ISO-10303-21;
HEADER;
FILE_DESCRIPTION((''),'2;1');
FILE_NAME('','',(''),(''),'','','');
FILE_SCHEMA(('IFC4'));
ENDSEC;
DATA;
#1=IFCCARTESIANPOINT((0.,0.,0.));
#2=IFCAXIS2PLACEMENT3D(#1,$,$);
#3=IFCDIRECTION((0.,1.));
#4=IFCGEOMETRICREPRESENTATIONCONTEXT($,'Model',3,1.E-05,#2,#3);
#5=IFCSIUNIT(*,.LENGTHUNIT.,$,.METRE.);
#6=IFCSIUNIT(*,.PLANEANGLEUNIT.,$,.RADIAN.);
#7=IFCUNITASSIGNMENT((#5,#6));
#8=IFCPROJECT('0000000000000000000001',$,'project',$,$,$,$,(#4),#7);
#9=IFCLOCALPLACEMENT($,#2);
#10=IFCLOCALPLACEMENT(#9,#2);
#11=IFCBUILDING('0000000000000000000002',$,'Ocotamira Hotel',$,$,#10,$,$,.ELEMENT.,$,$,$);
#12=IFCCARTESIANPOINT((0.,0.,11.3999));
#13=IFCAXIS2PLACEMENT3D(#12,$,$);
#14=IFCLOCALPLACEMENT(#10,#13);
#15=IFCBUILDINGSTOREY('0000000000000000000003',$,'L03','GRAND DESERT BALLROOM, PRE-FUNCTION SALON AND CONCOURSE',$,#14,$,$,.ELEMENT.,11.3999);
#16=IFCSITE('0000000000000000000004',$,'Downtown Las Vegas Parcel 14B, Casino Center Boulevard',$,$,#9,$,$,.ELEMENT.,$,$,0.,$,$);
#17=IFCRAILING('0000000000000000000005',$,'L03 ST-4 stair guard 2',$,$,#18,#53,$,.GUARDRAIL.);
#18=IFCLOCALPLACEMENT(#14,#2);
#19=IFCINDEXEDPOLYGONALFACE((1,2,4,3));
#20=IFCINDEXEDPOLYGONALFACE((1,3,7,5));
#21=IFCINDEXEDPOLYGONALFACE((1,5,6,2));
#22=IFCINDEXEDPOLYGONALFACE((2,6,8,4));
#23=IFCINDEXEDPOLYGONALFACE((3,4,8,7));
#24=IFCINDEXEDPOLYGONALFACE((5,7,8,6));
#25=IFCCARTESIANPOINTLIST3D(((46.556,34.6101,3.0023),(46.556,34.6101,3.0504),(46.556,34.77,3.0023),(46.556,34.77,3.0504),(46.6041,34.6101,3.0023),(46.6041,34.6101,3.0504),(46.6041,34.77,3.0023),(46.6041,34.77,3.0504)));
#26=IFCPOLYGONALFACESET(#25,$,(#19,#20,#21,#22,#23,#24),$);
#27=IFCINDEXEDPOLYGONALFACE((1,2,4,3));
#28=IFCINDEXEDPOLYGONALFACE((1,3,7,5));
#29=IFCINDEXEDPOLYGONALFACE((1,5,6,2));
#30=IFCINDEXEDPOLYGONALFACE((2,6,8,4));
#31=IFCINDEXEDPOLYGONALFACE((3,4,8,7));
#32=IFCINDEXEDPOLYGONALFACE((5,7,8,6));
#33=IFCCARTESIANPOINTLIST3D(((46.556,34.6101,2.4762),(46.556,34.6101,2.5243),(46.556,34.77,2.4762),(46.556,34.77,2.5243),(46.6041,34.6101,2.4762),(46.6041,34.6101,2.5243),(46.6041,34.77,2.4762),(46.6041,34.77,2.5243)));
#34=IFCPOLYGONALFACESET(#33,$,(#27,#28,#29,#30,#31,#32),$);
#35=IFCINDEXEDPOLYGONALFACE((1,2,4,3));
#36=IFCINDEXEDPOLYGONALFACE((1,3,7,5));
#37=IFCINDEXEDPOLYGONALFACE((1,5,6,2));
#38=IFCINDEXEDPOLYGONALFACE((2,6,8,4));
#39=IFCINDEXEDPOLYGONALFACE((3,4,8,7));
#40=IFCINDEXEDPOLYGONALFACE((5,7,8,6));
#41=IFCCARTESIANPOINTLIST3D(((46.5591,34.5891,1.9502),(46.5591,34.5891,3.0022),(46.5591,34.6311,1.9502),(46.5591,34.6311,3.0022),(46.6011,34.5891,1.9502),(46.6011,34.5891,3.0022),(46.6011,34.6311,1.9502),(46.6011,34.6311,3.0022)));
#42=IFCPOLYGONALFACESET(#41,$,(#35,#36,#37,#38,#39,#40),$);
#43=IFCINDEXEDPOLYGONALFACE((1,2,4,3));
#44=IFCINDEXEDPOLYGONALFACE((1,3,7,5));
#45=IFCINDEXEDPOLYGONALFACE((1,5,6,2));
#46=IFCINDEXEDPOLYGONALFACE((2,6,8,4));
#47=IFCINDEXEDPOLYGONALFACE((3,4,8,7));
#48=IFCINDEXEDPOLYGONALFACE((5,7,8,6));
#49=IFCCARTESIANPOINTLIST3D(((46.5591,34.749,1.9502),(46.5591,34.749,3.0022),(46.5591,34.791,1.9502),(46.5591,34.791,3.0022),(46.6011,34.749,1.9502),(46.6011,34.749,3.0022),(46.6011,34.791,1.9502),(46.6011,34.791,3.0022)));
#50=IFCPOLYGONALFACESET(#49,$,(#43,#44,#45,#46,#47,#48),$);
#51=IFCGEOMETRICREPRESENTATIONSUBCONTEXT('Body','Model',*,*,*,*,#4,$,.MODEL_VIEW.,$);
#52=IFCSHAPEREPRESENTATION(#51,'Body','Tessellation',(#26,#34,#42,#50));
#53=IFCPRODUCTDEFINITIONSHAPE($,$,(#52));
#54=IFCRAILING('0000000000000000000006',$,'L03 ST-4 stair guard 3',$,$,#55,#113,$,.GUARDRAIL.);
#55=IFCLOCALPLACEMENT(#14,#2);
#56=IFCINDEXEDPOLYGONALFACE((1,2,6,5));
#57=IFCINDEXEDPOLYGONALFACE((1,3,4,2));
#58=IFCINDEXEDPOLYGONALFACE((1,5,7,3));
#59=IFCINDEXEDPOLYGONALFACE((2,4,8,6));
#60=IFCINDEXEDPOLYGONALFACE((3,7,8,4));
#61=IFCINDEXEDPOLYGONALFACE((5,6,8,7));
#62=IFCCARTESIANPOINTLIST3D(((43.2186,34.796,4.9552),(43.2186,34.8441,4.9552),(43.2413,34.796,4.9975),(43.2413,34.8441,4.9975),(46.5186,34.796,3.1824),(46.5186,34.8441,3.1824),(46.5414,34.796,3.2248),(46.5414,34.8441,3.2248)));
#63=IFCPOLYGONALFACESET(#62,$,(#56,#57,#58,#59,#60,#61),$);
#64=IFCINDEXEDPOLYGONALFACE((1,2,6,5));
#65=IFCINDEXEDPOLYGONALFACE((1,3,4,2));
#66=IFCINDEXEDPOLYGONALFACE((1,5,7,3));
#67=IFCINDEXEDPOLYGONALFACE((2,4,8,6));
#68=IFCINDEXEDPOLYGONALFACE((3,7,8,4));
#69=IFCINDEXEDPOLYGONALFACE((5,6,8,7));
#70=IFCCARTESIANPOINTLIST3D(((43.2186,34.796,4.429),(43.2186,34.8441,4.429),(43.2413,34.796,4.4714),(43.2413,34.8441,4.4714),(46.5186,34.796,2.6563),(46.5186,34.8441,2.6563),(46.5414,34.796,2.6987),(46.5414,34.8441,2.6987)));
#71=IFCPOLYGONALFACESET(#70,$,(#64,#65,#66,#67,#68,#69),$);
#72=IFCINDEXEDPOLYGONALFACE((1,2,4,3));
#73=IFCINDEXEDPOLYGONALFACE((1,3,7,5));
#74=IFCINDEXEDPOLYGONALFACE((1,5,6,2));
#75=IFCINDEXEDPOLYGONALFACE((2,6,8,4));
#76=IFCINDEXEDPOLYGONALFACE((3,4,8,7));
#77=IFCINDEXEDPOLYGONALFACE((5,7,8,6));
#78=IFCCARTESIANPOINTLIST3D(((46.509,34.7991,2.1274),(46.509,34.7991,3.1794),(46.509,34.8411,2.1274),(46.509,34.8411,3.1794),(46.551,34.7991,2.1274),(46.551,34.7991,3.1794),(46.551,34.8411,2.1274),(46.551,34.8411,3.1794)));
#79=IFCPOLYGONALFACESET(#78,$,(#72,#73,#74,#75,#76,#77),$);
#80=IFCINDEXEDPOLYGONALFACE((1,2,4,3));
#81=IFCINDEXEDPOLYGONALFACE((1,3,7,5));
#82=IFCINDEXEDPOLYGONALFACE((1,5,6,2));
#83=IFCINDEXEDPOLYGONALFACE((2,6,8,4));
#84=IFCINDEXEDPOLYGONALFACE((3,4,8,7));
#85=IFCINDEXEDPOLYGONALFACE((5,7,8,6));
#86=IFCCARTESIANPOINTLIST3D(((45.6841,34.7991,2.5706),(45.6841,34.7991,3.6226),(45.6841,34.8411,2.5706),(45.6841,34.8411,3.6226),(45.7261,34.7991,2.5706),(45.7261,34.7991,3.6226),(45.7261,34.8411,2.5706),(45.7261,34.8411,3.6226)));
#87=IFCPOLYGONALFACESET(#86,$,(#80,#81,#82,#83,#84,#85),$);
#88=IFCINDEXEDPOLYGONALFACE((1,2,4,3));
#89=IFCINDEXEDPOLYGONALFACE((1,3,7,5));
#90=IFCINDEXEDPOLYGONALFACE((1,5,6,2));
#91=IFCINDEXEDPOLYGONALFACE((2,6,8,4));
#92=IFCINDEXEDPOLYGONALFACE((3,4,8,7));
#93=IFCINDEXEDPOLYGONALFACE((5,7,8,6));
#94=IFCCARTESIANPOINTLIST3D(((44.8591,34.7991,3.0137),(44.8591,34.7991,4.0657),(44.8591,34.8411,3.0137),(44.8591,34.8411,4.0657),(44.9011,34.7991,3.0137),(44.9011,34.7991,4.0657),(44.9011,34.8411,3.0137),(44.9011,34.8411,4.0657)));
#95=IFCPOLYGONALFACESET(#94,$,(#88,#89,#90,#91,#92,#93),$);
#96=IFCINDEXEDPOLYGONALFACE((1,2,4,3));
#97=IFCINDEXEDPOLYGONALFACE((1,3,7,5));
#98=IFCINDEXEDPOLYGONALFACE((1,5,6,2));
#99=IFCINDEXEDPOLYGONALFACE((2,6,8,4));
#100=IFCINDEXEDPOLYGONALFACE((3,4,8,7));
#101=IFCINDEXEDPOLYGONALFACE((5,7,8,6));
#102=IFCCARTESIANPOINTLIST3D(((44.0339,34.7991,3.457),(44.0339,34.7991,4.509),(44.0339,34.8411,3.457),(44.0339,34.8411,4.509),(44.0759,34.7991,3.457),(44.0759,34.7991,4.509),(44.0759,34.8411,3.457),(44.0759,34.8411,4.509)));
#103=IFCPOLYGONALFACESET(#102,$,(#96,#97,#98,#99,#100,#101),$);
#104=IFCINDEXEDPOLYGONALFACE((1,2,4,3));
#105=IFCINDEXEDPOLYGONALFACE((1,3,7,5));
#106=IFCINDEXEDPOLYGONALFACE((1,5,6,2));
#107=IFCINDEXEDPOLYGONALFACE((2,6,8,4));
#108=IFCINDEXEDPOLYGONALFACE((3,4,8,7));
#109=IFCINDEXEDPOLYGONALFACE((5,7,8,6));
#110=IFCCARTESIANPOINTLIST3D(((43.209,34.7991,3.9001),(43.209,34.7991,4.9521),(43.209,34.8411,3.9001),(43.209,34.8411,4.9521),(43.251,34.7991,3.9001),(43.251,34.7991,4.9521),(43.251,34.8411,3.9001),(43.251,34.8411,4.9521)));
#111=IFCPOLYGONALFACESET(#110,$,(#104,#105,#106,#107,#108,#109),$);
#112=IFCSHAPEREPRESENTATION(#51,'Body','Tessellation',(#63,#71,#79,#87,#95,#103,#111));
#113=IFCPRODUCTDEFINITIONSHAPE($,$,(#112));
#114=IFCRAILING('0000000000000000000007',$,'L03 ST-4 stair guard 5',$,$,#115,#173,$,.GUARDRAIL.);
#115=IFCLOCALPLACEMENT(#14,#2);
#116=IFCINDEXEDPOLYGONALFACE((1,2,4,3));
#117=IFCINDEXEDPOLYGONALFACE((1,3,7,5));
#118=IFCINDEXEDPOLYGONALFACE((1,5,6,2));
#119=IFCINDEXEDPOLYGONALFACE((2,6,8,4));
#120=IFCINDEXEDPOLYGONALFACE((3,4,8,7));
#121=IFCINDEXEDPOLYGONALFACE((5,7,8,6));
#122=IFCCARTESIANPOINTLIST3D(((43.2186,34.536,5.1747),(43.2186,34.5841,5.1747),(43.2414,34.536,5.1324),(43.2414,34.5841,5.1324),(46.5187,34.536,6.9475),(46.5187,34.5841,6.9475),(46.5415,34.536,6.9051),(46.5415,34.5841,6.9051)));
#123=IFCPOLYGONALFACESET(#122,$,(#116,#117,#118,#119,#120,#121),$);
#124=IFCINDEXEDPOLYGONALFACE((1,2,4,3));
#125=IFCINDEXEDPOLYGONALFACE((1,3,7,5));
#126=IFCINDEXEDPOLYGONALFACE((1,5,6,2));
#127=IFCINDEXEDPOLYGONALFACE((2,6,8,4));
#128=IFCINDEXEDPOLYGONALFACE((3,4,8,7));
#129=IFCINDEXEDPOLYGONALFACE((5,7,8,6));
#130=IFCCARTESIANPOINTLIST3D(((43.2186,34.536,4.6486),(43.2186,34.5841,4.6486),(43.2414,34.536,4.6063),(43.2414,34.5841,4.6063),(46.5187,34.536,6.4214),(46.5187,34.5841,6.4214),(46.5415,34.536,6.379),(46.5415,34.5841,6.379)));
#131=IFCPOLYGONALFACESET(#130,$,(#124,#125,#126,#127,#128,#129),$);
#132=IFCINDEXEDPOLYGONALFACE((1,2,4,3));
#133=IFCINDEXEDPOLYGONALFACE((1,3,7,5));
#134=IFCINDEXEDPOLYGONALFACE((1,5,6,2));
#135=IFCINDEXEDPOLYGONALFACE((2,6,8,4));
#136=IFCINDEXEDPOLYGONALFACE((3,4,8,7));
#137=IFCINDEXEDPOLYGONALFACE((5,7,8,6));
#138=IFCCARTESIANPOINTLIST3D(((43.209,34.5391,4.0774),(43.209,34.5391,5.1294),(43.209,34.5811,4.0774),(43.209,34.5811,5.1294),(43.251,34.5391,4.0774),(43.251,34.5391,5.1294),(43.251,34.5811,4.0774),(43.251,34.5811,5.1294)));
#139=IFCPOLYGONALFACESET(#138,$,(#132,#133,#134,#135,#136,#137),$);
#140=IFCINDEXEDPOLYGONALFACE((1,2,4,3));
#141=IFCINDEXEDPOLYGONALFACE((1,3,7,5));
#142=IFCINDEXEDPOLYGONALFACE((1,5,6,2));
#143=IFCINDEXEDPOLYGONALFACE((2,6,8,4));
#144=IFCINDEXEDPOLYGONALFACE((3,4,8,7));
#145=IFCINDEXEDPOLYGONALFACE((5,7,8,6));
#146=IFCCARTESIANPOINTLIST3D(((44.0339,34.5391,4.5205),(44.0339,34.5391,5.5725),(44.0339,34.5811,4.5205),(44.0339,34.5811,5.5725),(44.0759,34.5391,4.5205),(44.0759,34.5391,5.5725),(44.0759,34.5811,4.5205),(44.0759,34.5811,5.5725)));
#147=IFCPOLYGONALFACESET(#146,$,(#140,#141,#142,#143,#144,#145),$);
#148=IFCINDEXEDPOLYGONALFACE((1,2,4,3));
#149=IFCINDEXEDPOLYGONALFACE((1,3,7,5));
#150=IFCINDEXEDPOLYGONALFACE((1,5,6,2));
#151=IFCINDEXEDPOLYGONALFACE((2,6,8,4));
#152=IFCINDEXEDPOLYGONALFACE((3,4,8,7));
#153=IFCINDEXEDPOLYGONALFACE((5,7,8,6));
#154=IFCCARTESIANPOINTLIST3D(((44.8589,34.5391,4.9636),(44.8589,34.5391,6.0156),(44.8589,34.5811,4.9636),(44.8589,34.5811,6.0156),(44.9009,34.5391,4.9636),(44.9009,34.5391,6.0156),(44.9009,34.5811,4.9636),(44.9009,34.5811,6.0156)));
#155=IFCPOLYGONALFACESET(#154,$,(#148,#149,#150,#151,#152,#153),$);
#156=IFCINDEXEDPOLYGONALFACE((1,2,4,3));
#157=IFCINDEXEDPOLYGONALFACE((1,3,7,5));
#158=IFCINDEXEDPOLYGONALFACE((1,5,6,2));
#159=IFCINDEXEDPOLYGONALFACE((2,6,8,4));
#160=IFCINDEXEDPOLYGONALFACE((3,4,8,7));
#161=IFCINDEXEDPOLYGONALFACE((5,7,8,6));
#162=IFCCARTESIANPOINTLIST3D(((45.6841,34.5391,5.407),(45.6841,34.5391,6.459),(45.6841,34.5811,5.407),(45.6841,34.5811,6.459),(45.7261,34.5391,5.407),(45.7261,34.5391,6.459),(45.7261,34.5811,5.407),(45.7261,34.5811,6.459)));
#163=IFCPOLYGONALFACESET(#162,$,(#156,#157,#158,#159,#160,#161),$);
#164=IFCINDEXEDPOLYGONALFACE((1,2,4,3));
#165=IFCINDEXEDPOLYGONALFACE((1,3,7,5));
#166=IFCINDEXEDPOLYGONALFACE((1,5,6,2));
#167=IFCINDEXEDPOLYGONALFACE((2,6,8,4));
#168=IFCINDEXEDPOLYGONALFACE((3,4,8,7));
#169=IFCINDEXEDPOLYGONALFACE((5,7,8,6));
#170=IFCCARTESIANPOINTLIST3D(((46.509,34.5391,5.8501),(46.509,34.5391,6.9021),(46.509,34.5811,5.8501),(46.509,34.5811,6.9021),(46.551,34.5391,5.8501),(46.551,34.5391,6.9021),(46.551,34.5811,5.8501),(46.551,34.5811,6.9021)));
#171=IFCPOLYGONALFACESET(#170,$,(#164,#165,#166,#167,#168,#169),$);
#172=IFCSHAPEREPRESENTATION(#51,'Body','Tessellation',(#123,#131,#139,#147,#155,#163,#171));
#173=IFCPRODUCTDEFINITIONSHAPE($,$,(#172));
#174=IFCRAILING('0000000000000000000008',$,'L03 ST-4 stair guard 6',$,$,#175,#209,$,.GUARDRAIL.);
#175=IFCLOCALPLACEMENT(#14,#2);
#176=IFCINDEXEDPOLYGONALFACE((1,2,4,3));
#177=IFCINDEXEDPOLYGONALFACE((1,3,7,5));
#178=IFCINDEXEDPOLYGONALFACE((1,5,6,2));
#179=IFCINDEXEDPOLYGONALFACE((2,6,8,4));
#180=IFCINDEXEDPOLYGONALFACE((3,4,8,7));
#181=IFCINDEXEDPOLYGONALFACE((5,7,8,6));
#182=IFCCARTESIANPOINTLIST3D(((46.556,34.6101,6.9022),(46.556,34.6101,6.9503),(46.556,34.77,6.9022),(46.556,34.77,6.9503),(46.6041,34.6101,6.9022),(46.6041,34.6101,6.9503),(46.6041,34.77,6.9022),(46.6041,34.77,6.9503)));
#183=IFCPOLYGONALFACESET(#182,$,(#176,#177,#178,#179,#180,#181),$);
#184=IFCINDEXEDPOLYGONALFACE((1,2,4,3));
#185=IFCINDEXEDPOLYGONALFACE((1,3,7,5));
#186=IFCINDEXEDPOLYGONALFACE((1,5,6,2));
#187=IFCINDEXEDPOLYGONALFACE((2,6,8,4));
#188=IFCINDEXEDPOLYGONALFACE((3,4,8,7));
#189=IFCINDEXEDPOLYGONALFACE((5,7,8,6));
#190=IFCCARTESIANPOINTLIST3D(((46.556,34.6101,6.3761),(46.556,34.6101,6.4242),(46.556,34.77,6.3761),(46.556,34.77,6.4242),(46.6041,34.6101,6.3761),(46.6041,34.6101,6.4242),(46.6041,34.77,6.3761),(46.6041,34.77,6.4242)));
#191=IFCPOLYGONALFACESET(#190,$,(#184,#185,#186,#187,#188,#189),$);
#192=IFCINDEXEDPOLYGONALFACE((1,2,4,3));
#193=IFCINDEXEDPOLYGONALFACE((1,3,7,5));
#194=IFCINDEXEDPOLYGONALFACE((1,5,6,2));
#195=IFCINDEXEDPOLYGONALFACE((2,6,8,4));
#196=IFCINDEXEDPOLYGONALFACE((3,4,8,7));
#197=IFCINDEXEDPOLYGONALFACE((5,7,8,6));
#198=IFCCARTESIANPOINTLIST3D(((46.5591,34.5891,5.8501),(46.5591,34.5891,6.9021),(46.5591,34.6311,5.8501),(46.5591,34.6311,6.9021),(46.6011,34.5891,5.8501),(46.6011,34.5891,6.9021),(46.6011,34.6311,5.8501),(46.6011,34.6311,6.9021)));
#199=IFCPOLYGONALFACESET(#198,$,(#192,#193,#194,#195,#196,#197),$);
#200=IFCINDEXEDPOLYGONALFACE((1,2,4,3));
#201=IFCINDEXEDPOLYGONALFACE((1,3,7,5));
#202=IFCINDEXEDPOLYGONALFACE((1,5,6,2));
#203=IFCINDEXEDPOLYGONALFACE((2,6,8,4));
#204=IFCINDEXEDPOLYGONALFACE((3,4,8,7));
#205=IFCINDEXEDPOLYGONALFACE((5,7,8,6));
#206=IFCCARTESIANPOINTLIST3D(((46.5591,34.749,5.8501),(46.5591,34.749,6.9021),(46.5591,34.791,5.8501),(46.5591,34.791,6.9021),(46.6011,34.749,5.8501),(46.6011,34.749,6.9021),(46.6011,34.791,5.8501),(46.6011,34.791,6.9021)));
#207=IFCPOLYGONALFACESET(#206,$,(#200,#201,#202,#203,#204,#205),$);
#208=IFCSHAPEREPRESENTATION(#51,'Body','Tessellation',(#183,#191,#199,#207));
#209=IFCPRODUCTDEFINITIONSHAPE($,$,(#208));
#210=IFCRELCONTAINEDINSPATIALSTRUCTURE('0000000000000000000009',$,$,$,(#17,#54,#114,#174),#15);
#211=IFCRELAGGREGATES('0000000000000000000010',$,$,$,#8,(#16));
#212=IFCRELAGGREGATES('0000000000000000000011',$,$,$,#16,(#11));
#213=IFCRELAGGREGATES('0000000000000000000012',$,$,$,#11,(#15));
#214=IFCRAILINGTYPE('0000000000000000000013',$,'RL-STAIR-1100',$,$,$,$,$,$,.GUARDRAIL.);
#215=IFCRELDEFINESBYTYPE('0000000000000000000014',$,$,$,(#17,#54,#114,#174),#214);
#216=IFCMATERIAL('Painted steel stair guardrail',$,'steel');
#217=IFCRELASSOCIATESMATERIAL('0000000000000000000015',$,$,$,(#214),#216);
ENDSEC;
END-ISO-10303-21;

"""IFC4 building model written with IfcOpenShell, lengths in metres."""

from ifc_helpers import new_model, si_unit, direction, frame, origin, origin_2d, place, context, subcontext, project, spatial, rectangle, extrude, material, type_object, element, save


model = new_model("IFC4")

# Units and contexts
model_context = context("Model", 3, precision=1e-05, world=origin(), true_north=direction((0.0, 1.0)))
body_context = subcontext(model_context, "Body", "Model", "MODEL_VIEW")
ifc_project = project(units=[si_unit("LENGTHUNIT", "METRE"), si_unit("PLANEANGLEUNIT", "RADIAN")], contexts=[model_context])

# Site, building, storey
site_placement = place(None, origin())
site = spatial("IfcSite", under=ifc_project, at=site_placement, Name="Downtown Las Vegas Parcel 14B, Casino Center Boulevard", CompositionType="ELEMENT", RefElevation=0.0)
building_placement = place(site_placement, origin())
building = spatial("IfcBuilding", under=site, at=building_placement, Name="Ocotamira Hotel", CompositionType="ELEMENT")
storey_placement = place(building_placement, frame((0.0, 0.0, 11.3999)))
storey = spatial("IfcBuildingStorey", under=building, at=storey_placement, Name="L03", Description="GRAND DESERT BALLROOM, PRE-FUNCTION SALON AND CONCOURSE", CompositionType="ELEMENT", Elevation=11.3999)

# Railings
ifc_material_1 = material(Name="Painted steel stair guardrail", Category="steel")
railing_type_1 = type_object("IfcRailingType", Name="RL-STAIR-1100", PredefinedType="GUARDRAIL", material=ifc_material_1)
railing_1_placement = place(storey_placement, frame((46.5801, 34.6101, 1.9502)))
element("IfcRailing", 1, at=railing_1_placement, inside=storey, type_object=railing_type_1, Name="L03 ST-4 stair guard 2", PredefinedType="GUARDRAIL", context=body_context, shape_type="SweptSolid", body=[
    extrude(rectangle(XDim=0.0481, YDim=0.0481, at=origin_2d()), frame((0.0, 0.0, 1.0762), z_axis=(0.0, 1.0, 0.0), x_axis=(-1.0, 0.0, 0.0)), (0.0, 0.0, 1.0), 0.1599),
    extrude(rectangle(XDim=0.0481, YDim=0.0481, at=origin_2d()), frame((0.0, 0.0, 0.55), z_axis=(0.0, 1.0, 0.0), x_axis=(-1.0, 0.0, 0.0)), (0.0, 0.0, 1.0), 0.1599),
    extrude(rectangle(XDim=0.042, YDim=0.042, at=origin_2d()), origin(), (0.0, 0.0, 1.0), 1.052),
    extrude(rectangle(XDim=0.042, YDim=0.042, at=origin_2d()), frame((0.0, 0.1599, 0.0)), (0.0, 0.0, 1.0), 1.052),
])
railing_2_placement = place(storey_placement, frame((46.53, 34.8201, 2.1274)))
element("IfcRailing", 2, at=railing_2_placement, inside=storey, type_object=railing_type_1, Name="L03 ST-4 stair guard 3", PredefinedType="GUARDRAIL", context=body_context, shape_type="SweptSolid", body=[
    extrude(rectangle(XDim=0.0481, YDim=0.0481, at=origin_2d()), frame((0.0, 0.0, 1.0762), z_axis=(-0.880944, 0.0, 0.473221), x_axis=(0.0, -1.0, 0.0)), (0.0, 0.0, 1.0), 3.7461),
    extrude(rectangle(XDim=0.0481, YDim=0.0481, at=origin_2d()), frame((0.0, 0.0, 0.55), z_axis=(-0.880944, 0.0, 0.473221), x_axis=(0.0, -1.0, 0.0)), (0.0, 0.0, 1.0), 3.7461),
    extrude(rectangle(XDim=0.042, YDim=0.042, at=origin_2d()), origin(), (0.0, 0.0, 1.0), 1.052),
    extrude(rectangle(XDim=0.042, YDim=0.042, at=origin_2d()), frame((-0.825, 0.0, 0.4431)), (0.0, 0.0, 1.0), 1.052),
    extrude(rectangle(XDim=0.042, YDim=0.042, at=origin_2d()), frame((-1.6499, 0.0, 0.8862)), (0.0, 0.0, 1.0), 1.052),
    extrude(rectangle(XDim=0.042, YDim=0.042, at=origin_2d()), frame((-2.4751, 0.0, 1.3296)), (0.0, 0.0, 1.0), 1.052),
    extrude(rectangle(XDim=0.042, YDim=0.042, at=origin_2d()), frame((-3.3, 0.0, 1.7727)), (0.0, 0.0, 1.0), 1.052),
])
railing_3_placement = place(storey_placement, frame((43.23, 34.5601, 4.0774)))
element("IfcRailing", 3, at=railing_3_placement, inside=storey, type_object=railing_type_1, Name="L03 ST-4 stair guard 5", PredefinedType="GUARDRAIL", context=body_context, shape_type="SweptSolid", body=[
    extrude(rectangle(XDim=0.0481, YDim=0.0481, at=origin_2d()), frame((0.0, 0.0, 1.0762), z_axis=(0.880944, 0.0, 0.473221), x_axis=(0.0, 1.0, 0.0)), (0.0, 0.0, 1.0), 3.7461),
    extrude(rectangle(XDim=0.0481, YDim=0.0481, at=origin_2d()), frame((0.0, 0.0, 0.55), z_axis=(0.880944, 0.0, 0.473221), x_axis=(0.0, 1.0, 0.0)), (0.0, 0.0, 1.0), 3.7461),
    extrude(rectangle(XDim=0.042, YDim=0.042, at=origin_2d()), origin(), (0.0, 0.0, 1.0), 1.052),
    extrude(rectangle(XDim=0.042, YDim=0.042, at=origin_2d()), frame((0.825, 0.0, 0.4431)), (0.0, 0.0, 1.0), 1.052),
    extrude(rectangle(XDim=0.042, YDim=0.042, at=origin_2d()), frame((1.6499, 0.0, 0.8862)), (0.0, 0.0, 1.0), 1.052),
    extrude(rectangle(XDim=0.042, YDim=0.042, at=origin_2d()), frame((2.4751, 0.0, 1.3296)), (0.0, 0.0, 1.0), 1.052),
    extrude(rectangle(XDim=0.042, YDim=0.042, at=origin_2d()), frame((3.3, 0.0, 1.7727)), (0.0, 0.0, 1.0), 1.052),
])
railing_4_placement = place(storey_placement, frame((46.5801, 34.6101, 5.8501)))
element("IfcRailing", 4, at=railing_4_placement, inside=storey, type_object=railing_type_1, Name="L03 ST-4 stair guard 6", PredefinedType="GUARDRAIL", context=body_context, shape_type="SweptSolid", body=[
    extrude(rectangle(XDim=0.0481, YDim=0.0481, at=origin_2d()), frame((0.0, 0.0, 1.0762), z_axis=(0.0, 1.0, 0.0), x_axis=(-1.0, 0.0, 0.0)), (0.0, 0.0, 1.0), 0.1599),
    extrude(rectangle(XDim=0.0481, YDim=0.0481, at=origin_2d()), frame((0.0, 0.0, 0.55), z_axis=(0.0, 1.0, 0.0), x_axis=(-1.0, 0.0, 0.0)), (0.0, 0.0, 1.0), 0.1599),
    extrude(rectangle(XDim=0.042, YDim=0.042, at=origin_2d()), origin(), (0.0, 0.0, 1.0), 1.052),
    extrude(rectangle(XDim=0.042, YDim=0.042, at=origin_2d()), frame((0.0, 0.1599, 0.0)), (0.0, 0.0, 1.0), 1.052),
])

save(model, "model.ifc")
